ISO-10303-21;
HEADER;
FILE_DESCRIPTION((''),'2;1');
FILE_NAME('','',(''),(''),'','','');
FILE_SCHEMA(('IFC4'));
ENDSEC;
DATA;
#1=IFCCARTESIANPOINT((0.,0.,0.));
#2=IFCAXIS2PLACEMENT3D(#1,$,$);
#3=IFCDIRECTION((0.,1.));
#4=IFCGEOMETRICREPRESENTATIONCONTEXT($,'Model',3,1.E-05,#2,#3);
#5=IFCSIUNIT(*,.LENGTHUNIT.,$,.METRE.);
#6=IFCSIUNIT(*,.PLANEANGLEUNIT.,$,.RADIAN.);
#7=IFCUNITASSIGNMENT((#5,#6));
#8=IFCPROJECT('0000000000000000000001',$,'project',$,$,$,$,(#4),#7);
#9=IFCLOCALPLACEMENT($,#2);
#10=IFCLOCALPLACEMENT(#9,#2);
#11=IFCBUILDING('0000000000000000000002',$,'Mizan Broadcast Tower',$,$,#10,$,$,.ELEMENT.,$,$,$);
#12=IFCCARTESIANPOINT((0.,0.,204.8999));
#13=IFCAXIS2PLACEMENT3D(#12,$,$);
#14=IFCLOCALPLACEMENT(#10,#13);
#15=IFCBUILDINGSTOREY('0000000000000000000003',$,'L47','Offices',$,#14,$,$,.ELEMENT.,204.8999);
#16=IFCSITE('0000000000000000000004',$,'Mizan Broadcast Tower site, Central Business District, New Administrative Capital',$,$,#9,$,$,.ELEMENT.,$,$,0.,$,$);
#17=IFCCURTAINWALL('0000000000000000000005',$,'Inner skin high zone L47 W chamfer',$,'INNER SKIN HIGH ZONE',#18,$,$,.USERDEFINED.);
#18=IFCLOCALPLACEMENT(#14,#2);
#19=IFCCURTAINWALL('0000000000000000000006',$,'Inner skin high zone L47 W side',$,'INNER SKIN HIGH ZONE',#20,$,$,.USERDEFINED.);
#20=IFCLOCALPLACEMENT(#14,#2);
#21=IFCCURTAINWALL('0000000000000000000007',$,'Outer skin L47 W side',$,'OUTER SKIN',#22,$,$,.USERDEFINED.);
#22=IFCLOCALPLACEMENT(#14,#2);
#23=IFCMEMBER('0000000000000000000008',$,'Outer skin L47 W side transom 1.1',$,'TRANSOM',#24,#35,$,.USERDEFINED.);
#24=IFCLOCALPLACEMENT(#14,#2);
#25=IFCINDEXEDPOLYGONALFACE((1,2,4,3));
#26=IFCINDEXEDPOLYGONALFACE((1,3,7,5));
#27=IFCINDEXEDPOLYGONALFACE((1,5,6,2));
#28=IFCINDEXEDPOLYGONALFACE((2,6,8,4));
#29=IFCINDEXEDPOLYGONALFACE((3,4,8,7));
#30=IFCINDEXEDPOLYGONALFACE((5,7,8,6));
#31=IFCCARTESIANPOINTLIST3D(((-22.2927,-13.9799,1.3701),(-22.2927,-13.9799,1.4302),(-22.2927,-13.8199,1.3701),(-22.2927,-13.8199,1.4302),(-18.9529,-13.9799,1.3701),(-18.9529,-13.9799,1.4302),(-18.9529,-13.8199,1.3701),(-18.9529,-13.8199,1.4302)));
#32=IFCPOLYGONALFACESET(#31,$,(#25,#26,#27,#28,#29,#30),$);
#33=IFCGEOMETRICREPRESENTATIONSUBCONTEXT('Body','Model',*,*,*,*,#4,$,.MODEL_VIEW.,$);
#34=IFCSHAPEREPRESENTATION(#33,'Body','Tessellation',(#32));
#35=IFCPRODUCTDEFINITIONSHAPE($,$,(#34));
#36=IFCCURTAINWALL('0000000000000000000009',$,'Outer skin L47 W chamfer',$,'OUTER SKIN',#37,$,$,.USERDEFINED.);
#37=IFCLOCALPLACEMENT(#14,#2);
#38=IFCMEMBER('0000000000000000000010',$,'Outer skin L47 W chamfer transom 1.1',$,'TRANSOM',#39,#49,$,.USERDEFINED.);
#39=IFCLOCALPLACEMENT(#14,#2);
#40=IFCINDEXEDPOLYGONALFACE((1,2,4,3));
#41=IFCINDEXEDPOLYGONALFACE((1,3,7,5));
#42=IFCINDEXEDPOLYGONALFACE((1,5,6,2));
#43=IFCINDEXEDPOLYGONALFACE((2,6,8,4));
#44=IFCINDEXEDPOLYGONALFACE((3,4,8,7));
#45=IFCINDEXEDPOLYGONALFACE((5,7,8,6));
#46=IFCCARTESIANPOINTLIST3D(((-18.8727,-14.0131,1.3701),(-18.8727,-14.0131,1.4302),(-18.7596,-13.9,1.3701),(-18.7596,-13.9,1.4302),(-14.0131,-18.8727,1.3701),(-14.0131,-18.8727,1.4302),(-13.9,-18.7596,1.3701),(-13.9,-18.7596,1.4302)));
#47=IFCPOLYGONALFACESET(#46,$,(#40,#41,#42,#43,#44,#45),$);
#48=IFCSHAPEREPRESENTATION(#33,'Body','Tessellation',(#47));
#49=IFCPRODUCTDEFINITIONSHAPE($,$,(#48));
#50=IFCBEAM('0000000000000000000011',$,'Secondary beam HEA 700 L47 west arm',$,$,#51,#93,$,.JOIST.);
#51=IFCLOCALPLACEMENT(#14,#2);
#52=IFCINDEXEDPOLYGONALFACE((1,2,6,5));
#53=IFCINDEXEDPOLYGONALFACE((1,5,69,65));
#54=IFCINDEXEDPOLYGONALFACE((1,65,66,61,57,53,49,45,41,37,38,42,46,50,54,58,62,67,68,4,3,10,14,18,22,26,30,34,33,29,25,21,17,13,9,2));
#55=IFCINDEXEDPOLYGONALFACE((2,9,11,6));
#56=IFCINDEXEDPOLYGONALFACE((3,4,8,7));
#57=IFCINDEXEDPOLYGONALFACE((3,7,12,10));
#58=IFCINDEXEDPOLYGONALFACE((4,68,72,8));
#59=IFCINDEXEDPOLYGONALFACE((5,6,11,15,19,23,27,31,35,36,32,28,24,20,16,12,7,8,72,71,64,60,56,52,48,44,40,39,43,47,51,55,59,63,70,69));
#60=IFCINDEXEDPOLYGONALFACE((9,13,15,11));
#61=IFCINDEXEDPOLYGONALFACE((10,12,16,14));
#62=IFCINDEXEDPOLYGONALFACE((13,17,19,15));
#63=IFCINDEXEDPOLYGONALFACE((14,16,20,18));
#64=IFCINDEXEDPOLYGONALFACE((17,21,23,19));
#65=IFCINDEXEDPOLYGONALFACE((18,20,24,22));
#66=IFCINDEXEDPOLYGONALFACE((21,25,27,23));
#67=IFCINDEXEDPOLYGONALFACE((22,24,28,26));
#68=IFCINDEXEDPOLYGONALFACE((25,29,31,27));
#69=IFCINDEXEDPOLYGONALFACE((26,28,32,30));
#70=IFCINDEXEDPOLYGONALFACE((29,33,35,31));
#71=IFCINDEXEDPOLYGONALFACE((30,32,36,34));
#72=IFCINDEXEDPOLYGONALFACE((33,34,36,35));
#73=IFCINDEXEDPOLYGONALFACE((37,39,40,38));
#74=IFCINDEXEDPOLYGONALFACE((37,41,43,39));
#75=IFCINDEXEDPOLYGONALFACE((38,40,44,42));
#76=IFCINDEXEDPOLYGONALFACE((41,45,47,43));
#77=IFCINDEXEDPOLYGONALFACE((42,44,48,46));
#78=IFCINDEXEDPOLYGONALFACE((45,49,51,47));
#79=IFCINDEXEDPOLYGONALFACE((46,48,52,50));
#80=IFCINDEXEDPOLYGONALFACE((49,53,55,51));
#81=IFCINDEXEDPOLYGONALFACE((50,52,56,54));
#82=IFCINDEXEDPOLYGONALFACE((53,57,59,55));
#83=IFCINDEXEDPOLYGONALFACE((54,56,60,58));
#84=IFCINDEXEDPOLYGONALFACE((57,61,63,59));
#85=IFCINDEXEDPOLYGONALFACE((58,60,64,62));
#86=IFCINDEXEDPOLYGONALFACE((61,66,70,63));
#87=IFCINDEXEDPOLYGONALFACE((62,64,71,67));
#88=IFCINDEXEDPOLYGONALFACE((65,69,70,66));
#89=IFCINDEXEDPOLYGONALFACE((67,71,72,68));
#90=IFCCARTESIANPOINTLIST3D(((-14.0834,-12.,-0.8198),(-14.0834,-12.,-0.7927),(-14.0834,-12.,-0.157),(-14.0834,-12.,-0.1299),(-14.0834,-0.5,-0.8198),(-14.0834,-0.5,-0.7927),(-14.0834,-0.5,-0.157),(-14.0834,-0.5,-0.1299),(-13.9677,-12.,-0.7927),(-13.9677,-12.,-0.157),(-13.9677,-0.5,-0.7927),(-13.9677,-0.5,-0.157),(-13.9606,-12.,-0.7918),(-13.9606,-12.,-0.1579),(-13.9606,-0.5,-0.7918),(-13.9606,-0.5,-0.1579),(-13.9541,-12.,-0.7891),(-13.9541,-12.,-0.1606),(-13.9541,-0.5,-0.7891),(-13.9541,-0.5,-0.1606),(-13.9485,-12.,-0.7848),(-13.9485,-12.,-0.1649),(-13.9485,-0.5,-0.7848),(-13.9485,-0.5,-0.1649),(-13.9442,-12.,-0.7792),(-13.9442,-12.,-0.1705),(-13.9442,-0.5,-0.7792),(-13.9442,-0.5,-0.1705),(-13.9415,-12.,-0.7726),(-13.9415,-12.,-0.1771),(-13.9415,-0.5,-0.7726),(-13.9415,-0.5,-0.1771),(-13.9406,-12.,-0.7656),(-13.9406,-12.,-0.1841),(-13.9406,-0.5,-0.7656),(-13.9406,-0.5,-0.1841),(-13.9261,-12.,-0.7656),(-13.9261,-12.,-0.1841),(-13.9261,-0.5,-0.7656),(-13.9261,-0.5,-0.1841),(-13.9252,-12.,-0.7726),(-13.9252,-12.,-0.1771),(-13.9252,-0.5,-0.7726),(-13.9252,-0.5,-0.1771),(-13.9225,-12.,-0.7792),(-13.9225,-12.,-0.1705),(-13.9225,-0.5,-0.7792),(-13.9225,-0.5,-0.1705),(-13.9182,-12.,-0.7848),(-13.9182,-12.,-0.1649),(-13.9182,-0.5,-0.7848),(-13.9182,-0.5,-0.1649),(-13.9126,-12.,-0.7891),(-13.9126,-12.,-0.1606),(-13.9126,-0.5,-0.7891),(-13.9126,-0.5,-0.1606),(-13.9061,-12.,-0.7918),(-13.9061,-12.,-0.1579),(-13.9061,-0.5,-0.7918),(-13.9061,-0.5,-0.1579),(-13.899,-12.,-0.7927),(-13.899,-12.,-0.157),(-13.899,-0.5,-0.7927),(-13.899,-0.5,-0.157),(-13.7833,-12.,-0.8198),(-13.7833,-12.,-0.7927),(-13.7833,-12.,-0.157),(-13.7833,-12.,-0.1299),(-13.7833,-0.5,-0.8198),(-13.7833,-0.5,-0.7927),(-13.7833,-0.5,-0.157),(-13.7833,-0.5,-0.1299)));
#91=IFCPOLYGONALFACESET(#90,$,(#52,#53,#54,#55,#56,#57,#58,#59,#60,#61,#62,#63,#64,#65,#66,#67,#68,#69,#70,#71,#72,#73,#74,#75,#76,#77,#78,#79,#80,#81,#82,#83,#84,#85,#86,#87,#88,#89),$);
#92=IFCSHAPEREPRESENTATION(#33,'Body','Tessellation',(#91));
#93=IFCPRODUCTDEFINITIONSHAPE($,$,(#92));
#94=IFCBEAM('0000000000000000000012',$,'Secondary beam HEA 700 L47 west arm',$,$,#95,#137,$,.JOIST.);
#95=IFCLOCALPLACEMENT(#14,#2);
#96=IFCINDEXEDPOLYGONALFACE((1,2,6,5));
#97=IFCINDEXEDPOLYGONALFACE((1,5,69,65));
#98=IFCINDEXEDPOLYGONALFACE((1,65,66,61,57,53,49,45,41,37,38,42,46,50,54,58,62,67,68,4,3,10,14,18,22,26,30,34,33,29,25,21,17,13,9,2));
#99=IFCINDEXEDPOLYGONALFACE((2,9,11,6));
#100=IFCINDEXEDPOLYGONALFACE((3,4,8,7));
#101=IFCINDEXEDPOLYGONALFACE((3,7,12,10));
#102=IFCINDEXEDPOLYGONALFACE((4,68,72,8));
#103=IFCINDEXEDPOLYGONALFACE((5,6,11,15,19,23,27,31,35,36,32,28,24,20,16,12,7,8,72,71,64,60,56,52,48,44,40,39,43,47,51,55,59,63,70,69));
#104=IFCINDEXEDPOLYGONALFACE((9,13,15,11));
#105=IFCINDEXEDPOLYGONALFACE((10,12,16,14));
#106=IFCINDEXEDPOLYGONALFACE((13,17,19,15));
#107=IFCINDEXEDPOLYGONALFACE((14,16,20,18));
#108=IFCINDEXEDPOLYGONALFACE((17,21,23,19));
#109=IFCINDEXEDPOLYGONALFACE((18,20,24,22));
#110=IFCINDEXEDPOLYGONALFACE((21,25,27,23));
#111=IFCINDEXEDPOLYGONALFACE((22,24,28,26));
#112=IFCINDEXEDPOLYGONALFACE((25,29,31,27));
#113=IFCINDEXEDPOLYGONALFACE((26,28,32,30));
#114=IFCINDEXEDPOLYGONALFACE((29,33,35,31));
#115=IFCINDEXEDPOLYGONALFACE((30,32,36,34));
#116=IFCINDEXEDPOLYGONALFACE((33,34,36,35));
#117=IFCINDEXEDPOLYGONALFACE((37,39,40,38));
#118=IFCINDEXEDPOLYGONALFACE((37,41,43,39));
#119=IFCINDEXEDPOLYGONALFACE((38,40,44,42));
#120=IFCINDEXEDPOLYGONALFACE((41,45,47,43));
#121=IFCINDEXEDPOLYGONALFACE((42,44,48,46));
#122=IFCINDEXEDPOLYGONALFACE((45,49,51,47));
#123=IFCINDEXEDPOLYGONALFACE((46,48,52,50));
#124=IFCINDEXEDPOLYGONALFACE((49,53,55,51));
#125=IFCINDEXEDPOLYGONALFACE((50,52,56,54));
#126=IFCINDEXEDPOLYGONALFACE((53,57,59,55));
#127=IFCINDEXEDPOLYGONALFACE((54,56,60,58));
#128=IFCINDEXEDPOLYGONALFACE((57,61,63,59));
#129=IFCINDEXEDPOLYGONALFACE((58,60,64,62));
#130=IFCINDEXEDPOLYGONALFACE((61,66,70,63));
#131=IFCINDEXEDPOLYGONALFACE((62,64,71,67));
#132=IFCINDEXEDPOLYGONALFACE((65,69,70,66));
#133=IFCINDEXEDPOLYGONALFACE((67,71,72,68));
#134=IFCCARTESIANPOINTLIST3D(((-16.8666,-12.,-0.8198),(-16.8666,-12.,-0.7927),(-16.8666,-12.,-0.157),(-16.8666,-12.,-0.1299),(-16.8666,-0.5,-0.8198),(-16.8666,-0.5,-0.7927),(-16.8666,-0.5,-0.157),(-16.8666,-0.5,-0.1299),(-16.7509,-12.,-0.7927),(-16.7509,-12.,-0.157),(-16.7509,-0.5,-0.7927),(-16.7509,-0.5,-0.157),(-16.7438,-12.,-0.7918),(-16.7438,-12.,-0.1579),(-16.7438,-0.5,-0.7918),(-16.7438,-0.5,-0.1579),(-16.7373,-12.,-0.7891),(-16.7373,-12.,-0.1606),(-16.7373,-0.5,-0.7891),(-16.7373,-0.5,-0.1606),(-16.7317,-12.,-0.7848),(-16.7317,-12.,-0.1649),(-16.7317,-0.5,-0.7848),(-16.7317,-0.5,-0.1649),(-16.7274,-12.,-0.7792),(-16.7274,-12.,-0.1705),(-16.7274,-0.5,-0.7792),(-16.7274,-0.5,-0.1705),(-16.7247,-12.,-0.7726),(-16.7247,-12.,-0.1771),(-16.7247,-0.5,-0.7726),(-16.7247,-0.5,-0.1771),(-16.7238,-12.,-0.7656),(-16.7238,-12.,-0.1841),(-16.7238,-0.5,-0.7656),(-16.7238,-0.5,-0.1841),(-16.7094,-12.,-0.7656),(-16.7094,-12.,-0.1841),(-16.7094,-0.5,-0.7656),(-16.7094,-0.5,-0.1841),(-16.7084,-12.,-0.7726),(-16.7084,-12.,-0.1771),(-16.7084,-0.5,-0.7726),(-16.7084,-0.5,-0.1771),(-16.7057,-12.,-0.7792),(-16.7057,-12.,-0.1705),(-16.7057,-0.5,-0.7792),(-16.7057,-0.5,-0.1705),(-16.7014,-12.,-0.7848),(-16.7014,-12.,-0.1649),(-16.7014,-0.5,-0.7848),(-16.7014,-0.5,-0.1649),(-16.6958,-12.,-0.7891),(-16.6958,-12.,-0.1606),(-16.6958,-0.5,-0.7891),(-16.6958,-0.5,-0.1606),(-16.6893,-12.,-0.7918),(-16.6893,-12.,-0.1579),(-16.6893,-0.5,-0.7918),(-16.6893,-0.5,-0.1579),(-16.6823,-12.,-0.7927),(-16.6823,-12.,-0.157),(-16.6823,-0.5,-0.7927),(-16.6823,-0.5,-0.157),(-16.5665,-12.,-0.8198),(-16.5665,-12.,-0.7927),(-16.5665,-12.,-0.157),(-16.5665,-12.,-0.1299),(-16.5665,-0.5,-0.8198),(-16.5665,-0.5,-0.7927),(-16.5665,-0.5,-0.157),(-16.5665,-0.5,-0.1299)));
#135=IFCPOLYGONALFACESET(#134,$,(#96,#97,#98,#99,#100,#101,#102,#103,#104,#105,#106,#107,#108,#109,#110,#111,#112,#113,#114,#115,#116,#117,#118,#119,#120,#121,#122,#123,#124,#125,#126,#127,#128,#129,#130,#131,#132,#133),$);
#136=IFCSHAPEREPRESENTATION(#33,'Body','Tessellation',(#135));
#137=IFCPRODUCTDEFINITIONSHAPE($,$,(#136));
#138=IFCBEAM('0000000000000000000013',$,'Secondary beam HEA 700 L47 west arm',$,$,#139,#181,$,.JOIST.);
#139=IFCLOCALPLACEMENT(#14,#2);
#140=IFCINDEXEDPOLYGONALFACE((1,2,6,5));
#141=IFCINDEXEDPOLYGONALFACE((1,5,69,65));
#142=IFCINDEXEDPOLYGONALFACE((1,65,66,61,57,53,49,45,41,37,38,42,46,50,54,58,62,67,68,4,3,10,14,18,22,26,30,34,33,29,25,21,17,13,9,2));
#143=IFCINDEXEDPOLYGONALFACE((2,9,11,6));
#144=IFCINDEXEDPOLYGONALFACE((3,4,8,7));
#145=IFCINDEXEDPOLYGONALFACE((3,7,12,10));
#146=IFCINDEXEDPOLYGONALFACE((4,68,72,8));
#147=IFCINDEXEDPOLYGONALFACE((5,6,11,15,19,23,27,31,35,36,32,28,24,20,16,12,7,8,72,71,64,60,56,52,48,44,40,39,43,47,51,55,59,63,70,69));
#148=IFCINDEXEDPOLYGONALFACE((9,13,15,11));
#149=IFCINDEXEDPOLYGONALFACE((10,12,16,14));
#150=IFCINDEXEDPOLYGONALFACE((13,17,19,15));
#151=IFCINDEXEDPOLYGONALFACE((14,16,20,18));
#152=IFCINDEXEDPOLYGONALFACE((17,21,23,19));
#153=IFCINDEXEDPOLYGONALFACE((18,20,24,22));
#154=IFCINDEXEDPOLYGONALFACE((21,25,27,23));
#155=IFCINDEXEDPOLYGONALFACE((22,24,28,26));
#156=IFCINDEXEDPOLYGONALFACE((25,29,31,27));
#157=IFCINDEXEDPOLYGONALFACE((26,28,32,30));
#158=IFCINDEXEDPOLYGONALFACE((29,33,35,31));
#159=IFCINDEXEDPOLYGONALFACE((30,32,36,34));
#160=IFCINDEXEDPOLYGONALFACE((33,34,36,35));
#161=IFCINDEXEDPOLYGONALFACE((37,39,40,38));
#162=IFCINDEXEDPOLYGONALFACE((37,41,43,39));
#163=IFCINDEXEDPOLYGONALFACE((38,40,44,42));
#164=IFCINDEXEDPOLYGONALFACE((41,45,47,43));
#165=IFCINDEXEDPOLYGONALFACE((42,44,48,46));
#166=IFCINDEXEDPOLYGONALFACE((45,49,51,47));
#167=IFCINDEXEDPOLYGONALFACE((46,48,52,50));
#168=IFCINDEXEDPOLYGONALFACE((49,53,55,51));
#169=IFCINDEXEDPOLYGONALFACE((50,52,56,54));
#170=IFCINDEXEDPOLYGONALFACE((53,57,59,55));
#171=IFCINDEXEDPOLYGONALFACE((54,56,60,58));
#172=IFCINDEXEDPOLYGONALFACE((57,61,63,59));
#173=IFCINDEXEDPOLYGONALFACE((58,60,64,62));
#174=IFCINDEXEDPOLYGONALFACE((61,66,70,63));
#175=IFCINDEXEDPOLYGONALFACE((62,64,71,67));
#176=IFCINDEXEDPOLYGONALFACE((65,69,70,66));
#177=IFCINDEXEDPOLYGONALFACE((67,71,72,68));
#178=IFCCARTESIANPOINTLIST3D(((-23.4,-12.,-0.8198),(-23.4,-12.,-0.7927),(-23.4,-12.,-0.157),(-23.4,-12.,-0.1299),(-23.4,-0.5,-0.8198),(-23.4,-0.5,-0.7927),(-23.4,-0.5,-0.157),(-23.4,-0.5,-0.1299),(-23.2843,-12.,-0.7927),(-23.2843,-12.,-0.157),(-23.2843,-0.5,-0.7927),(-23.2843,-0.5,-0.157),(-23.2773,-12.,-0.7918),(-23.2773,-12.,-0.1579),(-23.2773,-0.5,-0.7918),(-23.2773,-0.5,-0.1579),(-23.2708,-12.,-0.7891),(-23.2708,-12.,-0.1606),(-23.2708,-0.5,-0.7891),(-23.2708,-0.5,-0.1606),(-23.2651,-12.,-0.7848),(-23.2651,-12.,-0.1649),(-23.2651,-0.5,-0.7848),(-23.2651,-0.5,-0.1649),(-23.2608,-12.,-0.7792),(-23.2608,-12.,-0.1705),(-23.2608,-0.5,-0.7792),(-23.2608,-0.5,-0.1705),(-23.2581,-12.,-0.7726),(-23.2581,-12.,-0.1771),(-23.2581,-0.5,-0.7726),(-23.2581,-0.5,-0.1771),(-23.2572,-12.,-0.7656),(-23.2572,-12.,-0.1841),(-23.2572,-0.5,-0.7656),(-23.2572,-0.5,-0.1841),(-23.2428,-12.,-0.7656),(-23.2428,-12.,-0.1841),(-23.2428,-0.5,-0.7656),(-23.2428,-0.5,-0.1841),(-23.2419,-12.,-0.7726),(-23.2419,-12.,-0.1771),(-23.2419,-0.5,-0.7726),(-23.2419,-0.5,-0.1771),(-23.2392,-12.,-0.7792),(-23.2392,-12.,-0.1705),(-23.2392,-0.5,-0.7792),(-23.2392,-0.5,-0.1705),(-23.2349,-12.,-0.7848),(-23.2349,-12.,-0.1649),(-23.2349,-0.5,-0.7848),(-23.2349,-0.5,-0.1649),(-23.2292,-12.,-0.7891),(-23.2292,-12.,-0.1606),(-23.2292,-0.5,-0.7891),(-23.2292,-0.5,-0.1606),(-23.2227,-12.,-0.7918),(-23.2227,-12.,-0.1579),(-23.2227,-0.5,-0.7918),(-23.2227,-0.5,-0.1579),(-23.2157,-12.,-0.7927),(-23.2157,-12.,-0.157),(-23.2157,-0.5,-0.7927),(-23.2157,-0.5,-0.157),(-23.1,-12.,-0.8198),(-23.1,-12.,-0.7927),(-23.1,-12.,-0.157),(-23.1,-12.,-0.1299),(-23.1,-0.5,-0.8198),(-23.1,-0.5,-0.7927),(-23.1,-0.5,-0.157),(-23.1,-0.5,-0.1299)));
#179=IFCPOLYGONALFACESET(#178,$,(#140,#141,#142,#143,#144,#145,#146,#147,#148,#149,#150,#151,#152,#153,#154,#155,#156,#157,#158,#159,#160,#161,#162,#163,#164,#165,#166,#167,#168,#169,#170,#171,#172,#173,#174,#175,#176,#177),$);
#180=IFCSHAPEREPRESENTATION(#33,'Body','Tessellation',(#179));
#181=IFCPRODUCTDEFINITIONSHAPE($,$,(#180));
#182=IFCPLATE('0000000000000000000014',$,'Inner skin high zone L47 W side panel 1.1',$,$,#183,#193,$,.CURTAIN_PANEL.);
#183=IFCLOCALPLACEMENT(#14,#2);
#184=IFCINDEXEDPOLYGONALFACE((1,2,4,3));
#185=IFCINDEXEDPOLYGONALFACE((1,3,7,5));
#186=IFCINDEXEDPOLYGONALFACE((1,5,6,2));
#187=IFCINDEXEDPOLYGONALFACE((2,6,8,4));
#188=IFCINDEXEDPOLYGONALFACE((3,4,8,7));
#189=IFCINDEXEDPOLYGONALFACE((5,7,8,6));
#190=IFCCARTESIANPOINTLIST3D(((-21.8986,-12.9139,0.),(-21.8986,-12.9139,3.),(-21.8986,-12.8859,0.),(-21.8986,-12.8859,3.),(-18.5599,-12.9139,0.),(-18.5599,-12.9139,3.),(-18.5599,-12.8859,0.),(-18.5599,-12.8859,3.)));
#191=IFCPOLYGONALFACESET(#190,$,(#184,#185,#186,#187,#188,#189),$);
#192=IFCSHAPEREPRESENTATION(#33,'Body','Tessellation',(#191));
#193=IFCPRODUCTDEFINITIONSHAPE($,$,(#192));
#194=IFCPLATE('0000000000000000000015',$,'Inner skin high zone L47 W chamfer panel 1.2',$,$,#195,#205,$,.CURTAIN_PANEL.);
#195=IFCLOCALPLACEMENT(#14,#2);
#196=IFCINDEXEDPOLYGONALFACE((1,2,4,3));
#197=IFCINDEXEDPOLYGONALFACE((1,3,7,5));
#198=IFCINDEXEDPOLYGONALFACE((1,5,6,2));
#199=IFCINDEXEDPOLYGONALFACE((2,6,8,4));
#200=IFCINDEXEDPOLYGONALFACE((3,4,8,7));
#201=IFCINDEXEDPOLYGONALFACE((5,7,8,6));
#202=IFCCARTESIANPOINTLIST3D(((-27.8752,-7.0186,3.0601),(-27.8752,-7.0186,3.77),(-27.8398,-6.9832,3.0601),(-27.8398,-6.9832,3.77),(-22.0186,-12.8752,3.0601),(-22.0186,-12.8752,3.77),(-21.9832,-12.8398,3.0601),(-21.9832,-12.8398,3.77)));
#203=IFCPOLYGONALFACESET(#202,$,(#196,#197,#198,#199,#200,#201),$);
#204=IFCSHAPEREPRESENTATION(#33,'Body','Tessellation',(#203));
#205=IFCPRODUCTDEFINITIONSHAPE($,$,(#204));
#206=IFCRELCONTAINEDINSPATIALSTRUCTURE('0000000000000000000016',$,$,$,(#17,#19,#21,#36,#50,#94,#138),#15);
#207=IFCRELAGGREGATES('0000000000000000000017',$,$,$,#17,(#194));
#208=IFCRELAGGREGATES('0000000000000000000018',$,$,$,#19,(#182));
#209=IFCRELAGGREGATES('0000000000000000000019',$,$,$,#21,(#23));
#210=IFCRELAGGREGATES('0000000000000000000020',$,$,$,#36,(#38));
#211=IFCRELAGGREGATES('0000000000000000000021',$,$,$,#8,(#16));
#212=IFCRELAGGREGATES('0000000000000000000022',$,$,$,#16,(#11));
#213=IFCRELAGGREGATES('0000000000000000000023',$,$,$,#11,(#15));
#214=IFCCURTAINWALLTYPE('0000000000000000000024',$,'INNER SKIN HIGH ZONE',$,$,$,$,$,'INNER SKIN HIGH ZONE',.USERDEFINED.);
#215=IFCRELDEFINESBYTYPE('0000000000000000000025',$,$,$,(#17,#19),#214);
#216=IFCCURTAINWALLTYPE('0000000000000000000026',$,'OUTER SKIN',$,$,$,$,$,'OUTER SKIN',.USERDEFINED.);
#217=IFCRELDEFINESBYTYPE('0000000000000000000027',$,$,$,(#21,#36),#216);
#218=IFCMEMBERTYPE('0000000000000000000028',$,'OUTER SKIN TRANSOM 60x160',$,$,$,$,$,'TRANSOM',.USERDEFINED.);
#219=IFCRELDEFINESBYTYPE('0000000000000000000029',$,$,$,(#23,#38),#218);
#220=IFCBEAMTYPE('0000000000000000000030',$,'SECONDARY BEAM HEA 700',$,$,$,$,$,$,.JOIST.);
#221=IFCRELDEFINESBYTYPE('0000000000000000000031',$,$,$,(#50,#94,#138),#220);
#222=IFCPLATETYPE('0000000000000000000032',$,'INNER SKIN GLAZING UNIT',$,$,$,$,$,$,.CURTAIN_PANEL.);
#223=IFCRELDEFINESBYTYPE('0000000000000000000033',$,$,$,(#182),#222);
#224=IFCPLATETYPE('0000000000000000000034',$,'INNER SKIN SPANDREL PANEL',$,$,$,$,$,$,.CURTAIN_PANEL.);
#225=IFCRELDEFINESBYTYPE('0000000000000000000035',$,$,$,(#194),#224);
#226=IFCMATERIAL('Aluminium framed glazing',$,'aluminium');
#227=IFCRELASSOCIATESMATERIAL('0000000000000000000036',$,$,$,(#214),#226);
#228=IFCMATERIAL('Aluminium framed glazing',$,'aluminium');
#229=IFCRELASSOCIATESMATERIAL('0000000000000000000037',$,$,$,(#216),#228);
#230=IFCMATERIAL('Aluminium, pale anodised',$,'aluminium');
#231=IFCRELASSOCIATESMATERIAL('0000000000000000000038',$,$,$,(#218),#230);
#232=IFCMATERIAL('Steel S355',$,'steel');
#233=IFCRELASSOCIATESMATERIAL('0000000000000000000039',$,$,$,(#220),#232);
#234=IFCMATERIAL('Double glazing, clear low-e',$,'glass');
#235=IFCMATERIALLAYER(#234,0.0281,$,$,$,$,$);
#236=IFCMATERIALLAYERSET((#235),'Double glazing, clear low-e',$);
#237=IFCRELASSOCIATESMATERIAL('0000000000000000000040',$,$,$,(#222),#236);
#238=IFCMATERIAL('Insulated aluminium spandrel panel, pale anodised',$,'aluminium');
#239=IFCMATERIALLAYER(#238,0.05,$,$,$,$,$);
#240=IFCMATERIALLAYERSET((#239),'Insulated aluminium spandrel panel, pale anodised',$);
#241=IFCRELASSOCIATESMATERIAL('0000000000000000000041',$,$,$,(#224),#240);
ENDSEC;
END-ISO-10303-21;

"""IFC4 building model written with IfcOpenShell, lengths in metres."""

from ifc_helpers import new_model, si_unit, direction, frame, origin, origin_2d, place, context, subcontext, project, spatial, rectangle, i_section, extrude, material, layer, layer_set, material_profile, profile_set, type_object, element, aggregate, save


model = new_model("IFC4")

# Units and contexts
model_context = context("Model", 3, precision=1e-05, world=origin(), true_north=direction((0.0, 1.0)))
body_context = subcontext(model_context, "Body", "Model", "MODEL_VIEW")
ifc_project = project(units=[si_unit("LENGTHUNIT", "METRE"), si_unit("PLANEANGLEUNIT", "RADIAN")], contexts=[model_context])

# Site, building, storey
site_placement = place(None, origin())
site = spatial("IfcSite", under=ifc_project, at=site_placement, Name="Mizan Broadcast Tower site, Central Business District, New Administrative Capital", CompositionType="ELEMENT", RefElevation=0.0)
building_placement = place(site_placement, origin())
building = spatial("IfcBuilding", under=site, at=building_placement, Name="Mizan Broadcast Tower", CompositionType="ELEMENT")
storey_placement = place(building_placement, frame((0.0, 0.0, 204.8999)))
storey = spatial("IfcBuildingStorey", under=building, at=storey_placement, Name="L47", Description="Offices", CompositionType="ELEMENT", Elevation=204.8999)

# Curtain wall
ifc_material_1 = material(Name="Aluminium framed glazing", Category="aluminium")
curtain_wall_type_1 = type_object("IfcCurtainWallType", Name="INNER SKIN HIGH ZONE", ElementType="INNER SKIN HIGH ZONE", PredefinedType="USERDEFINED", material=ifc_material_1)
curtain_wall_1_placement = place(storey_placement, origin())
curtain_wall_1 = element("IfcCurtainWall", 1, at=curtain_wall_1_placement, inside=storey, type_object=curtain_wall_type_1, Name="Inner skin high zone L47 W chamfer", ObjectType="INNER SKIN HIGH ZONE", PredefinedType="USERDEFINED")

# Curtain wall
curtain_wall_2_placement = place(storey_placement, origin())
curtain_wall_2 = element("IfcCurtainWall", 2, at=curtain_wall_2_placement, inside=storey, type_object=curtain_wall_type_1, Name="Inner skin high zone L47 W side", ObjectType="INNER SKIN HIGH ZONE", PredefinedType="USERDEFINED")

# Shared definitions
ifc_material_2 = material(Name="Aluminium framed glazing", Category="aluminium")
curtain_wall_type_2 = type_object("IfcCurtainWallType", Name="OUTER SKIN", ElementType="OUTER SKIN", PredefinedType="USERDEFINED", material=ifc_material_2)

# Curtain wall, member
curtain_wall_3_placement = place(storey_placement, origin())
curtain_wall_3 = element("IfcCurtainWall", 3, at=curtain_wall_3_placement, inside=storey, type_object=curtain_wall_type_2, Name="Outer skin L47 W side", ObjectType="OUTER SKIN", PredefinedType="USERDEFINED")
ifc_material_3 = material(Name="Aluminium, pale anodised", Category="aluminium")
ifc_material_profile_1 = material_profile(ifc_material_3, rectangle(XDim=0.1599, YDim=0.0601, at=origin_2d()), Name="TRANSOM 160x60")
ifc_profile_set_1 = profile_set([ifc_material_profile_1], Name="Aluminium, pale anodised")
member_type_1 = type_object("IfcMemberType", Name="OUTER SKIN TRANSOM 60x160", ElementType="TRANSOM", PredefinedType="USERDEFINED", material=ifc_profile_set_1)
member_1_placement = place(storey_placement, frame((-22.2927, -13.8999, 1.4001), z_axis=(1.0, 0.0, 0.0), x_axis=(0.0, 1.0, 0.0)))
member_1 = element("IfcMember", 4, at=member_1_placement, type_object=member_type_1, Name="Outer skin L47 W side transom 1.1", ObjectType="TRANSOM", PredefinedType="USERDEFINED", context=body_context, shape_type="SweptSolid", body=[
    extrude(rectangle(XDim=0.1599, YDim=0.0601, at=origin_2d()), origin(), (0.0, 0.0, 1.0), 3.3398),
])

# Curtain wall, member
curtain_wall_4_placement = place(storey_placement, origin())
curtain_wall_4 = element("IfcCurtainWall", 5, at=curtain_wall_4_placement, inside=storey, type_object=curtain_wall_type_2, Name="Outer skin L47 W chamfer", ObjectType="OUTER SKIN", PredefinedType="USERDEFINED")
member_2_placement = place(storey_placement, frame((-18.8162, -13.9565, 1.4001), z_axis=(0.707107, -0.707107, 0.0), x_axis=(0.707107, 0.707107, 0.0)))
member_2 = element("IfcMember", 6, at=member_2_placement, type_object=member_type_1, Name="Outer skin L47 W chamfer transom 1.1", ObjectType="TRANSOM", PredefinedType="USERDEFINED", context=body_context, shape_type="SweptSolid", body=[
    extrude(rectangle(XDim=0.1599, YDim=0.0601, at=origin_2d()), origin(), (0.0, 0.0, 1.0), 6.8726),
])

# Beams
ifc_material_4 = material(Name="Steel S355", Category="steel")
ifc_material_profile_2 = material_profile(ifc_material_4, i_section(OverallWidth=0.3, OverallDepth=0.6899, WebThickness=0.0144, FlangeThickness=0.0271, FilletRadius=0.0271, at=origin_2d()), Name="HEA 700")
ifc_profile_set_2 = profile_set([ifc_material_profile_2], Name="Steel S355")
beam_type_1 = type_object("IfcBeamType", Name="SECONDARY BEAM HEA 700", PredefinedType="JOIST", material=ifc_profile_set_2)
for number, where, z_axis, x_axis, name in (
    (7, (-13.9333, -12.0, -0.4749), (0.0, 1.0, 0.0), (-1.0, 0.0, 0.0), "Secondary beam HEA 700 L47 west arm"),
    (8, (-16.7166, -12.0, -0.4749), (0.0, 1.0, 0.0), (-1.0, 0.0, 0.0), "Secondary beam HEA 700 L47 west arm"),
    (9, (-23.25, -12.0, -0.4749), (0.0, 1.0, 0.0), (-1.0, 0.0, 0.0), "Secondary beam HEA 700 L47 west arm"),
):
    element("IfcBeam", number, at=place(storey_placement, frame(where, z_axis=z_axis, x_axis=x_axis)), inside=storey, type_object=beam_type_1, Name=name, PredefinedType="JOIST", context=body_context, shape_type="SweptSolid", body=[
        extrude(i_section(OverallWidth=0.3, OverallDepth=0.6899, WebThickness=0.0144, FlangeThickness=0.0271, FilletRadius=0.0271, at=origin_2d()), origin(), (0.0, 0.0, 1.0), 11.5),
    ])

# Plates
ifc_material_5 = material(Name="Double glazing, clear low-e", Category="glass")
ifc_layer_1 = layer(ifc_material_5, 0.0281)
ifc_layer_set_1 = layer_set([ifc_layer_1], Name="Double glazing, clear low-e")
plate_type_1 = type_object("IfcPlateType", Name="INNER SKIN GLAZING UNIT", PredefinedType="CURTAIN_PANEL", material=ifc_layer_set_1)
plate_1_placement = place(storey_placement, frame((-20.2292, -12.8999, 0.0), z_axis=(0.0, 0.0, 1.0), x_axis=(1.0, 0.0, 0.0)))
plate_1 = element("IfcPlate", 10, at=plate_1_placement, type_object=plate_type_1, Name="Inner skin high zone L47 W side panel 1.1", PredefinedType="CURTAIN_PANEL", context=body_context, shape_type="SweptSolid", body=[
    extrude(rectangle(XDim=3.3386, YDim=0.0281, at=origin_2d()), origin(), (0.0, 0.0, 1.0), 3.0),
])
ifc_material_6 = material(Name="Insulated aluminium spandrel panel, pale anodised", Category="aluminium")
ifc_layer_2 = layer(ifc_material_6, 0.05)
ifc_layer_set_2 = layer_set([ifc_layer_2], Name="Insulated aluminium spandrel panel, pale anodised")
plate_type_2 = type_object("IfcPlateType", Name="INNER SKIN SPANDREL PANEL", PredefinedType="CURTAIN_PANEL", material=ifc_layer_set_2)
plate_2_placement = place(storey_placement, frame((-24.9292, -9.9292, 3.0601), z_axis=(0.0, 0.0, 1.0), x_axis=(0.707107, -0.707107, 0.0)))
plate_2 = element("IfcPlate", 11, at=plate_2_placement, type_object=plate_type_2, Name="Inner skin high zone L47 W chamfer panel 1.2", PredefinedType="CURTAIN_PANEL", context=body_context, shape_type="SweptSolid", body=[
    extrude(rectangle(XDim=8.2825, YDim=0.05, at=origin_2d()), origin(), (0.0, 0.0, 1.0), 0.71),
])
aggregate(curtain_wall_1, [plate_2])
aggregate(curtain_wall_2, [plate_1])
aggregate(curtain_wall_3, [member_1])
aggregate(curtain_wall_4, [member_2])

save(model, "model.ifc")
